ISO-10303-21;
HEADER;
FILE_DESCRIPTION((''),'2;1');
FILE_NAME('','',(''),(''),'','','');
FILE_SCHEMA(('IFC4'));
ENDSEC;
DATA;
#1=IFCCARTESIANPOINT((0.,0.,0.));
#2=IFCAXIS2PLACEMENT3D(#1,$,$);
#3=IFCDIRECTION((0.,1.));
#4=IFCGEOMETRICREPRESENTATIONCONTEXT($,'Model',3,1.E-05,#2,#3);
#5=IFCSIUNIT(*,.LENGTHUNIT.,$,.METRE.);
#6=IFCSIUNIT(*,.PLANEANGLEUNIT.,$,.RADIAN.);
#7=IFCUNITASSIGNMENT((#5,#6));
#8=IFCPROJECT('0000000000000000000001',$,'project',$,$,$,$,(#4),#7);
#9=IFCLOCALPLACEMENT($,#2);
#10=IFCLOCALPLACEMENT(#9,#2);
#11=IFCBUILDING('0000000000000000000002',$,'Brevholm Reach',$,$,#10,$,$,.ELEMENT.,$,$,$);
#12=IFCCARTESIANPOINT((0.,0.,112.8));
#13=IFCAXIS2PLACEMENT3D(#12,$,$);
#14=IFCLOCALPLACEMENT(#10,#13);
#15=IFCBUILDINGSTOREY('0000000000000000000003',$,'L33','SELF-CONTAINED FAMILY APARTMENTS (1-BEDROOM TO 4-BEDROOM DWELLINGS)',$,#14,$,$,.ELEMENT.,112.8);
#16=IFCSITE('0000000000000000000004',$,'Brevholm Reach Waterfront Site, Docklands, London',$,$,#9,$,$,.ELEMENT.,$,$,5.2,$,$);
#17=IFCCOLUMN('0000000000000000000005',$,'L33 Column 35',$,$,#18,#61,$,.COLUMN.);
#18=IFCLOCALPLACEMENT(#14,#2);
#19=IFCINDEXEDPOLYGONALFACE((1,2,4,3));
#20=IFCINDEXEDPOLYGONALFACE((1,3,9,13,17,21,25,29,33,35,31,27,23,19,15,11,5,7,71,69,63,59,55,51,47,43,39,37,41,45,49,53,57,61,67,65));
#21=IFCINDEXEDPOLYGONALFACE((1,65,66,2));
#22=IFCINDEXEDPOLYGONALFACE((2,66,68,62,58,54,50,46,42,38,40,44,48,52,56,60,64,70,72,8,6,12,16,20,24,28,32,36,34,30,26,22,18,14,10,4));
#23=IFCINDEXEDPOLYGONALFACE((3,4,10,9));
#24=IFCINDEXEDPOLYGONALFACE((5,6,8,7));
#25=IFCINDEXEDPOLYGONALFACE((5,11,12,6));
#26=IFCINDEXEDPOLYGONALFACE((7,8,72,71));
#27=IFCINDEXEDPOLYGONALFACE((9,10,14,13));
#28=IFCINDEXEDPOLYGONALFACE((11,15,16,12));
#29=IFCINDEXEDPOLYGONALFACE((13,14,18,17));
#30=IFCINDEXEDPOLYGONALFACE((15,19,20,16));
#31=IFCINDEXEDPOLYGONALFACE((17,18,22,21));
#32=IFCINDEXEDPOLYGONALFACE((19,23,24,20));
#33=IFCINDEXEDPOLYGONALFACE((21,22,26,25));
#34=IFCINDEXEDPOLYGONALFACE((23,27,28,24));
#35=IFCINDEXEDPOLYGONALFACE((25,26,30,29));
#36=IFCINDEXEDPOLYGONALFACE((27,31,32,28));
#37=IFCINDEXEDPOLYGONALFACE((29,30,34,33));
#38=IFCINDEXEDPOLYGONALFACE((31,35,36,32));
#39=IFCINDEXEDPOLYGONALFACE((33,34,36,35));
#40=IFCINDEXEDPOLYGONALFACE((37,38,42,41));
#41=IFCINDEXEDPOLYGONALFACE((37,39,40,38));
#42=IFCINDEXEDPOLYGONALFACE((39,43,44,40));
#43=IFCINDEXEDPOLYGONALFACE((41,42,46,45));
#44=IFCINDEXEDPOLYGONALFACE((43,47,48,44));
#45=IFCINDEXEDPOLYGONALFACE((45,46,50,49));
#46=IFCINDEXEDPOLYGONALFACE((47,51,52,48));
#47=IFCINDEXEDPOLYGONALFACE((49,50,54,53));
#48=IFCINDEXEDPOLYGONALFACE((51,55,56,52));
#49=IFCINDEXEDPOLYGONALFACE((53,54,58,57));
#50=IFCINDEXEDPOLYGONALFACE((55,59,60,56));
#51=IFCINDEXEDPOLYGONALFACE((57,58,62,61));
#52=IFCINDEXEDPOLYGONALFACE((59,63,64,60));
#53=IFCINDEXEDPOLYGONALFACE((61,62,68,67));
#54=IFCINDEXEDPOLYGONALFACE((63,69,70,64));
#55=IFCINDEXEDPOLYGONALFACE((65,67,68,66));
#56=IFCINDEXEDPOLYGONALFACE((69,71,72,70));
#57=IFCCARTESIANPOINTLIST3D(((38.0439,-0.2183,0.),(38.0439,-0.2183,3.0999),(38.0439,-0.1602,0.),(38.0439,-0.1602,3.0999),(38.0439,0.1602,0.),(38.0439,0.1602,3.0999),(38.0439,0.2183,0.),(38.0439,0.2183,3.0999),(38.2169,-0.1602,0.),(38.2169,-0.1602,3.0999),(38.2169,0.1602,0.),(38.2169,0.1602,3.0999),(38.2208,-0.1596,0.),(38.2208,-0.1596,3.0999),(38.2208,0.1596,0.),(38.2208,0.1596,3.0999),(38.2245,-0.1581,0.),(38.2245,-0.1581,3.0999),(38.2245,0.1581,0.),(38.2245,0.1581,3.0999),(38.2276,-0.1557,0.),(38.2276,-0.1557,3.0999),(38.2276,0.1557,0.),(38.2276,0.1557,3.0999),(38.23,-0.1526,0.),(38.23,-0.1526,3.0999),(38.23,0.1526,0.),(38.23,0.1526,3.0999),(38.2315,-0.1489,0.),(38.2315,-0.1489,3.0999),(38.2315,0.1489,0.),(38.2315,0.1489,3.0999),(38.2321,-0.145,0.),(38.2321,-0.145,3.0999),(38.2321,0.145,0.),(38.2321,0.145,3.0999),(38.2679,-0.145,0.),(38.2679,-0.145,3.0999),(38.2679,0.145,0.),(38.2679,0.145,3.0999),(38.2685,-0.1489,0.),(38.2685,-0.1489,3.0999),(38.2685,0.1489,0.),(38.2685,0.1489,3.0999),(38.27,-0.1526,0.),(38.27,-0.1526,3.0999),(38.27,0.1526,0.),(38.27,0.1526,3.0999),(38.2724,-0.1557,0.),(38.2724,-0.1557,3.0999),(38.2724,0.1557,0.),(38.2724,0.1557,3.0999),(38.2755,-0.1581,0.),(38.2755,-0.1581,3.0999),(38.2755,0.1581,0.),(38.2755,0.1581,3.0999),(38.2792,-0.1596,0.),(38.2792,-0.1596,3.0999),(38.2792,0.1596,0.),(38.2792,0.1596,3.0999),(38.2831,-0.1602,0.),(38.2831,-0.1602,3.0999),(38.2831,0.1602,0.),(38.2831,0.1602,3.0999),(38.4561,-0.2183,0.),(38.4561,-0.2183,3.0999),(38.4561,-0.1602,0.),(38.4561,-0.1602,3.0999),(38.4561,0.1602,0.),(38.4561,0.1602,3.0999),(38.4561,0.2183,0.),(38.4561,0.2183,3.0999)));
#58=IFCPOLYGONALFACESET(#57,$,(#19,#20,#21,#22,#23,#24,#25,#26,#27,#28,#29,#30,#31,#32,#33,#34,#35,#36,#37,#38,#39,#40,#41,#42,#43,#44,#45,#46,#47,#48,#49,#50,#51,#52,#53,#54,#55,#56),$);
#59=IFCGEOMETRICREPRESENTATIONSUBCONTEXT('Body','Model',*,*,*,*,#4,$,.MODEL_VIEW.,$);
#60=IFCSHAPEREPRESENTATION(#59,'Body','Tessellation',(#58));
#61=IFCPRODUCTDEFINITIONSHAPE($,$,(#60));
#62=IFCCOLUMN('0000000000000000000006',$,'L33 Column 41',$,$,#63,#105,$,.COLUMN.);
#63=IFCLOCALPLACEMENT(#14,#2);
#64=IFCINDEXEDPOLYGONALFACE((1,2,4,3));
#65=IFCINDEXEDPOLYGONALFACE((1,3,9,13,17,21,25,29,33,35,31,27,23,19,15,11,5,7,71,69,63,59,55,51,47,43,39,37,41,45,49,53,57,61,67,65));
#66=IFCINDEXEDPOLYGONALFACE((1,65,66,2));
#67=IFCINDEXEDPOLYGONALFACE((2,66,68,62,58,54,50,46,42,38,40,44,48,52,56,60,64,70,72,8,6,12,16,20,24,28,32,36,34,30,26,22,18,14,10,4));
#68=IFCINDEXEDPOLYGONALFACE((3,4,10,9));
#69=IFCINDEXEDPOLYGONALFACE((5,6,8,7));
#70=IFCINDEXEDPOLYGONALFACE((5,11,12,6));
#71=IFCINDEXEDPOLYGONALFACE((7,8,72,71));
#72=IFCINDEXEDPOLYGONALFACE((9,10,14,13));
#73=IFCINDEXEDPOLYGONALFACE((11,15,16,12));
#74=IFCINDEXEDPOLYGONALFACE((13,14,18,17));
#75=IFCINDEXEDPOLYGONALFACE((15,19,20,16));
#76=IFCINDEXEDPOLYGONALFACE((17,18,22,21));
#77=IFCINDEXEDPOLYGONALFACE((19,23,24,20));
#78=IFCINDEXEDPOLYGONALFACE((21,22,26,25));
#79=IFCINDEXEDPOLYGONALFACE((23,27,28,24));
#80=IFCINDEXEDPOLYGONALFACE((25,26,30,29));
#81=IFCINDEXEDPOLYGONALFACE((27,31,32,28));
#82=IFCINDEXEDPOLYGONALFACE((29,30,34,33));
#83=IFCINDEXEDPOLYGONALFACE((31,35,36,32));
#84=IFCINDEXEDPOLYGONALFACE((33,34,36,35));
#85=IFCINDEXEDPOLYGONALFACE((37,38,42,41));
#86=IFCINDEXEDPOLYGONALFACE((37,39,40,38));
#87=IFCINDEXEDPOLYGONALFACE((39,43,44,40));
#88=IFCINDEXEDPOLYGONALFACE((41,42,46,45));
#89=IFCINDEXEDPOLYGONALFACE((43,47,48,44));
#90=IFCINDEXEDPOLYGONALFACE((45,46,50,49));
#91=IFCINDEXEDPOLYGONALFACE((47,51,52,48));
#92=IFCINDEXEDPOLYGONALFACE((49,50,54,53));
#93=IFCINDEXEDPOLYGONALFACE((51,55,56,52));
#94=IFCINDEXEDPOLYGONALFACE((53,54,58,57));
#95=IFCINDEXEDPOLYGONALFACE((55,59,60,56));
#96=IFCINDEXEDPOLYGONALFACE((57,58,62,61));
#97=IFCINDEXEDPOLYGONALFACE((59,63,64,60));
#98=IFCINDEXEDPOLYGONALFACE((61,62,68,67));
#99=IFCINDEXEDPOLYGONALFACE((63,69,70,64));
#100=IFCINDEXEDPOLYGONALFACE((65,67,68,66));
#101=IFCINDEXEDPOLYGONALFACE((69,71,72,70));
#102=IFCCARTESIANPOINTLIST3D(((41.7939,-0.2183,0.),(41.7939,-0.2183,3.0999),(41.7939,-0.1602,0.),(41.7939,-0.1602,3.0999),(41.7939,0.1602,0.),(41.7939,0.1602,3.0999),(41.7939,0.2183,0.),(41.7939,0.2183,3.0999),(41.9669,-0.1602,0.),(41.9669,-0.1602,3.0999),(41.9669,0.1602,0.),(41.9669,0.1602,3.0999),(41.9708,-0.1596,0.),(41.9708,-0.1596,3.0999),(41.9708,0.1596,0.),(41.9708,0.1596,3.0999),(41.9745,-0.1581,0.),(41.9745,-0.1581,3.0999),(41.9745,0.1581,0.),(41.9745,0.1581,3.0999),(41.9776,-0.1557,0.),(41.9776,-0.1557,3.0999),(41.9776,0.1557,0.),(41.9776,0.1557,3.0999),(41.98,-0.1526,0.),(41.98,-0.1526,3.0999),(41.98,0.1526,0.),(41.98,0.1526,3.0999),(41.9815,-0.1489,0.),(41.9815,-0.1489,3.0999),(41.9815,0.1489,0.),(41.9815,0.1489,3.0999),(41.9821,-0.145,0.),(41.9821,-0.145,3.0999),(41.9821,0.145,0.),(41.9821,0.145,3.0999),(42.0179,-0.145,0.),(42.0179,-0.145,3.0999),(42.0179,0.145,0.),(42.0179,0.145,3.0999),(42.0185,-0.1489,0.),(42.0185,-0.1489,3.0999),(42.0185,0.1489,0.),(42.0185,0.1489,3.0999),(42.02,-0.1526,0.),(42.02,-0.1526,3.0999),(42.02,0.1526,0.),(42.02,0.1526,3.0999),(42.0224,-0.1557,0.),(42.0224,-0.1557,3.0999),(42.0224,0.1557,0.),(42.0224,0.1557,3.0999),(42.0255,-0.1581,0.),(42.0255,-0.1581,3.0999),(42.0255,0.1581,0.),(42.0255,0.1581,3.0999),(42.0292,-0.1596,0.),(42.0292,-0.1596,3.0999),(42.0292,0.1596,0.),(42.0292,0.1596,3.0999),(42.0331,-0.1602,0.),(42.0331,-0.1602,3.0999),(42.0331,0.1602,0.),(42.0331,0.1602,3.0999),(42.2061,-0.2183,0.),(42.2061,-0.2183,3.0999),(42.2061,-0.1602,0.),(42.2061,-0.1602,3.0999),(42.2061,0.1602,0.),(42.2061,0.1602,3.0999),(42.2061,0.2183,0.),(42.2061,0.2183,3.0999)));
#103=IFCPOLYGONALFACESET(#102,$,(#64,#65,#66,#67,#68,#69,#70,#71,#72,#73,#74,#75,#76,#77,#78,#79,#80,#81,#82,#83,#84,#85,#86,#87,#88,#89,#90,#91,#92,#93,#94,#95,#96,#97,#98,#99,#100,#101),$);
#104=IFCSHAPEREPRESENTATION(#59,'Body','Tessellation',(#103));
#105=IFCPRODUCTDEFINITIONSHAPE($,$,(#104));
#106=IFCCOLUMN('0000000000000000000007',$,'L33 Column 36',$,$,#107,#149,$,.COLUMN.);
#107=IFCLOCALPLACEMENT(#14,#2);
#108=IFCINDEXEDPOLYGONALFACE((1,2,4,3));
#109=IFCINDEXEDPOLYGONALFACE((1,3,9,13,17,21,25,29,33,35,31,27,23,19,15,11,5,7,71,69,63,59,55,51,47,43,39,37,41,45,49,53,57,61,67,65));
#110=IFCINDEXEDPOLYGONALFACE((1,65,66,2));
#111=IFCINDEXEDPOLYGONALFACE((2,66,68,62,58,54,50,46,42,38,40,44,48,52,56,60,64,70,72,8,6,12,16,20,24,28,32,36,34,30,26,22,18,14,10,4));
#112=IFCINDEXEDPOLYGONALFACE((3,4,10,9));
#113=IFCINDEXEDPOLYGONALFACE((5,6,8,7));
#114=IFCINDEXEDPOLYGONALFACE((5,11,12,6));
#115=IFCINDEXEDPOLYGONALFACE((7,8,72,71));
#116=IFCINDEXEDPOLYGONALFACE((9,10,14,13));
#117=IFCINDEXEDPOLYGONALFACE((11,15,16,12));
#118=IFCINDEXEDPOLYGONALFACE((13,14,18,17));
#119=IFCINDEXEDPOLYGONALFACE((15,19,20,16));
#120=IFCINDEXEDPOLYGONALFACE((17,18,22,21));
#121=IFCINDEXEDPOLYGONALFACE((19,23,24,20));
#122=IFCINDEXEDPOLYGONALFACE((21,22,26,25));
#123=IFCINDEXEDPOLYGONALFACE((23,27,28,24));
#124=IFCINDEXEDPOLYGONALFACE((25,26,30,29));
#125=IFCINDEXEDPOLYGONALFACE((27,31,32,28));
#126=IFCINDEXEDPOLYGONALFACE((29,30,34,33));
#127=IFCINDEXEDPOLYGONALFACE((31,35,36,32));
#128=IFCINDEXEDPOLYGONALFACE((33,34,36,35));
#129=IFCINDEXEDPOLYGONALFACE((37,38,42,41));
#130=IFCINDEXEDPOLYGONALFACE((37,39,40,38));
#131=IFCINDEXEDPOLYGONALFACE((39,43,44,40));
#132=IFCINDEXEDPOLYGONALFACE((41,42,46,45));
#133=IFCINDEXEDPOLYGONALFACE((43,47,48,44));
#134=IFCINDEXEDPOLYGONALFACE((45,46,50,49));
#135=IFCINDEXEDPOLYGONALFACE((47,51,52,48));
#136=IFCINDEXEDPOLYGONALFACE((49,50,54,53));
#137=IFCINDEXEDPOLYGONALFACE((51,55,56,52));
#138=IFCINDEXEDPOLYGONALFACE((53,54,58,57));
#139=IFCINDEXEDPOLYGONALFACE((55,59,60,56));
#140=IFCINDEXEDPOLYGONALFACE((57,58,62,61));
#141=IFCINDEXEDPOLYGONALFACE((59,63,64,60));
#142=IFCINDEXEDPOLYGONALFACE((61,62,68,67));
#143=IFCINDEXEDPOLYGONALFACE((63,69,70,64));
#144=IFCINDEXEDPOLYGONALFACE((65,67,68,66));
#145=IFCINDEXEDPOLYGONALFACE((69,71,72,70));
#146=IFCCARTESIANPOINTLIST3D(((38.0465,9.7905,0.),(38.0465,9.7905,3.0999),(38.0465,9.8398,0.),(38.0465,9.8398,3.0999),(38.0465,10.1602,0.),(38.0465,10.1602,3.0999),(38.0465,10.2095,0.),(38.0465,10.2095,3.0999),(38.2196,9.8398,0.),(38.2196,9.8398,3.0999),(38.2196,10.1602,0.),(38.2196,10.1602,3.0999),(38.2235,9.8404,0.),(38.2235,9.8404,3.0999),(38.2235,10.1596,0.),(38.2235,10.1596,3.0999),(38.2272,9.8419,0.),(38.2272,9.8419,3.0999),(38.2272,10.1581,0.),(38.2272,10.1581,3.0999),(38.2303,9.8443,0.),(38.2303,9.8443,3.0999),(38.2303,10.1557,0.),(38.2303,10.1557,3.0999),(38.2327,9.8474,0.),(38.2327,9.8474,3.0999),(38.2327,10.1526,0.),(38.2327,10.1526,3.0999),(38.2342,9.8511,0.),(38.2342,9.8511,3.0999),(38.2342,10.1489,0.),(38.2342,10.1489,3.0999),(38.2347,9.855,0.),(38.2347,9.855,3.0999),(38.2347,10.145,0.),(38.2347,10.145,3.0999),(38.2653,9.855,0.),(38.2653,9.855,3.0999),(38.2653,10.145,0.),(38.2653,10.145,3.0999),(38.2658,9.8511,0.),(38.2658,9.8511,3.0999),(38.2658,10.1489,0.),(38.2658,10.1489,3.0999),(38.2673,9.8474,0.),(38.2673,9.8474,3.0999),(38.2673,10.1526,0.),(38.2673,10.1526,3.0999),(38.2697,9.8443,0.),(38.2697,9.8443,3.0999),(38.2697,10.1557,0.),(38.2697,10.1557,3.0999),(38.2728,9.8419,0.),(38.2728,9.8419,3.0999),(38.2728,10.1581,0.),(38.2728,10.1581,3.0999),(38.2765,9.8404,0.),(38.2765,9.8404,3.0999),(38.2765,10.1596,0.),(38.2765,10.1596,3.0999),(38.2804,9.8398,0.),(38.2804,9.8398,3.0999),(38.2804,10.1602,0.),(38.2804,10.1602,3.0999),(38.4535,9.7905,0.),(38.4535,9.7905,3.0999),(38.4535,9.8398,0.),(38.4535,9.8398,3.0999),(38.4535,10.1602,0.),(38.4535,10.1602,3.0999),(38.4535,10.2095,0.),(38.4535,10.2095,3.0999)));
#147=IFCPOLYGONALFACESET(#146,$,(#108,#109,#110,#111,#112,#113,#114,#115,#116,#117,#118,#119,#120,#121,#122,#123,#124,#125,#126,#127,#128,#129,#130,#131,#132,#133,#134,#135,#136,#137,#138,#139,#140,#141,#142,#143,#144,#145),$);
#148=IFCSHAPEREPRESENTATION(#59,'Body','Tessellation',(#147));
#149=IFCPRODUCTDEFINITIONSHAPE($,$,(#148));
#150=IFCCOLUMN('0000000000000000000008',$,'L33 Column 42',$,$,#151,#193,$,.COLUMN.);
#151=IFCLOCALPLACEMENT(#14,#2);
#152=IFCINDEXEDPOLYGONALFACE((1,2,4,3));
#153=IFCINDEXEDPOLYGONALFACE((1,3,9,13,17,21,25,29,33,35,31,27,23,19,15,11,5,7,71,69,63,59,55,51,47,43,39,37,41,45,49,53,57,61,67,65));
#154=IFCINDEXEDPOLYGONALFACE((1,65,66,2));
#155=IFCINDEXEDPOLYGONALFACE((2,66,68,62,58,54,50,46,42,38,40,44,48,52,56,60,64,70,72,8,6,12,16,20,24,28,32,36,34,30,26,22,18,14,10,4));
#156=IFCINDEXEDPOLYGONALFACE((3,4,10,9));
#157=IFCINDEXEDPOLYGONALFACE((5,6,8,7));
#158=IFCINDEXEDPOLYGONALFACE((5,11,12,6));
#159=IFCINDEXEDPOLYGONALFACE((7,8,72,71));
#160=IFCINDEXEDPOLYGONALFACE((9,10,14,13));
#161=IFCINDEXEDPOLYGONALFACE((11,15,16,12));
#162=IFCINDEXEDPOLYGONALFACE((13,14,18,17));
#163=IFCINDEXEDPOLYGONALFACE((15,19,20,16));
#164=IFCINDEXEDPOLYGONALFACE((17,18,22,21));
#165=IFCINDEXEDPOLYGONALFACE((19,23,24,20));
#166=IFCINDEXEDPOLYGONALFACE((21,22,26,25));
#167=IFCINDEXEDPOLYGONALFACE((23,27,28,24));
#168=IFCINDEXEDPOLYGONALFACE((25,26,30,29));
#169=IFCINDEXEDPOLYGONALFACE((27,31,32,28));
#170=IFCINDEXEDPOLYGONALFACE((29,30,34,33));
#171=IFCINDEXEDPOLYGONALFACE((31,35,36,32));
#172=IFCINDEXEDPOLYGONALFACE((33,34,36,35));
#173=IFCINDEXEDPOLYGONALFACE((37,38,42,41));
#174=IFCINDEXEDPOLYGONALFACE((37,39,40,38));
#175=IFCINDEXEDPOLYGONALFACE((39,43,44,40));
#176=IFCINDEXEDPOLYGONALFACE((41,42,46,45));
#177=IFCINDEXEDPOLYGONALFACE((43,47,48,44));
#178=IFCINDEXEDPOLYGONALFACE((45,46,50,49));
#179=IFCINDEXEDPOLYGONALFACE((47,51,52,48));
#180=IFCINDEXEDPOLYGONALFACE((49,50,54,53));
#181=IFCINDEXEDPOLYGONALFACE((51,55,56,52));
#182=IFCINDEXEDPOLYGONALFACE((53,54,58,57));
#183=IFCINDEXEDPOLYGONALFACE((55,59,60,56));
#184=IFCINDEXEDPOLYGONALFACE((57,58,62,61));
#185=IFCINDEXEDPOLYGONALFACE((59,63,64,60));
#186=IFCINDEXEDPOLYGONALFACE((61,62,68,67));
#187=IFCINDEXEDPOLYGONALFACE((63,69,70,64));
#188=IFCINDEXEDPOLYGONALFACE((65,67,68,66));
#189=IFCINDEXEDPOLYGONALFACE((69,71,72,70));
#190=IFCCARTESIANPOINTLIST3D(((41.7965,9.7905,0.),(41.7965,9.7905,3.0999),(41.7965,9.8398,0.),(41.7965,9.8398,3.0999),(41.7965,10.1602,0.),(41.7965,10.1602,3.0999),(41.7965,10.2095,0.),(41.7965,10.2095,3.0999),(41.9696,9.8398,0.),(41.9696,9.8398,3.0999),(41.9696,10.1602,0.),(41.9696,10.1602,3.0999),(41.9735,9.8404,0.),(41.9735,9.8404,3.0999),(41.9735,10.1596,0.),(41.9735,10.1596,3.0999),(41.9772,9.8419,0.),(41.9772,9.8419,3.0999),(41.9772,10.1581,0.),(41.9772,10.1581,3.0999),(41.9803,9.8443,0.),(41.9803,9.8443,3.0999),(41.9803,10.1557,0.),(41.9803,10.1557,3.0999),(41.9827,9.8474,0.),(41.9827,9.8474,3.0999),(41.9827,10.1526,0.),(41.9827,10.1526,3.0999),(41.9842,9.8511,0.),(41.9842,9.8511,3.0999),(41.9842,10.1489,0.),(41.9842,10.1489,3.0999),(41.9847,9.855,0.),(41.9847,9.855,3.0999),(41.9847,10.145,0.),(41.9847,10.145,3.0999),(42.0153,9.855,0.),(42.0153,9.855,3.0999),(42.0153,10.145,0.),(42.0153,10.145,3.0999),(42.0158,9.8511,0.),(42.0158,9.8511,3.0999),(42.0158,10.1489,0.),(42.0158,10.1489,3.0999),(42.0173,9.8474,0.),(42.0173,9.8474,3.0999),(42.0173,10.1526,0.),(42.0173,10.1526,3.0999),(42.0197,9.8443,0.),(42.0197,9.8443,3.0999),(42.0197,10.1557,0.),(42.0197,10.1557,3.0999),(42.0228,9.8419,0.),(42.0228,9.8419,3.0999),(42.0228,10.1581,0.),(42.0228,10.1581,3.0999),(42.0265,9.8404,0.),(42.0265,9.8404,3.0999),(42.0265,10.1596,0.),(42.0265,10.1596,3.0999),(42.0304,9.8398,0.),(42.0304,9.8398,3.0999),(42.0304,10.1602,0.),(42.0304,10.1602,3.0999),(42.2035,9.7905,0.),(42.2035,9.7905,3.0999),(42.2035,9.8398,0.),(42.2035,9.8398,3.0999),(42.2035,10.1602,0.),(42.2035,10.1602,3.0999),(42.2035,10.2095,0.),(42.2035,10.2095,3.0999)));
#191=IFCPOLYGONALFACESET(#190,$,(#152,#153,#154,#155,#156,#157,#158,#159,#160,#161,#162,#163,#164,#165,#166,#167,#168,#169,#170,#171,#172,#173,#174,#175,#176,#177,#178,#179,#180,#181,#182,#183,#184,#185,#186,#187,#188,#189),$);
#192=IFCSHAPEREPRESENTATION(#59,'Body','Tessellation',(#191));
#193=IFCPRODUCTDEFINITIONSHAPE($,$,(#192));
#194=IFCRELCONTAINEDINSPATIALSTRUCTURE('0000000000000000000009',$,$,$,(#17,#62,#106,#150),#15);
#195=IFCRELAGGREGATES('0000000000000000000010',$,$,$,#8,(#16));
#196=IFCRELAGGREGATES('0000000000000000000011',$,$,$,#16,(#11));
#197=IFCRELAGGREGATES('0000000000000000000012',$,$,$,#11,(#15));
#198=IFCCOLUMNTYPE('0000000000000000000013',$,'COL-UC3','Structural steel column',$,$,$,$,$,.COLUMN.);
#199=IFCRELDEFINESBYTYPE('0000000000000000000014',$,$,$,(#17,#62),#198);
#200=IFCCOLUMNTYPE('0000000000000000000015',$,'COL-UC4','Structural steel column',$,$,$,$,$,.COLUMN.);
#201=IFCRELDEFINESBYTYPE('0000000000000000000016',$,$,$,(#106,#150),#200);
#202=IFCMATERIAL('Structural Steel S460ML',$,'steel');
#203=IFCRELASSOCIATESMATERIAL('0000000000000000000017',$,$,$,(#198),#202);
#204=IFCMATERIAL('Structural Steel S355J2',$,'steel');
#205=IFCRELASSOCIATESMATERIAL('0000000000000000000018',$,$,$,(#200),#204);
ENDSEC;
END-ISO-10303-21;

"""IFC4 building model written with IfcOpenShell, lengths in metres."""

from ifc_helpers import new_model, si_unit, direction, frame, origin, origin_2d, place, context, subcontext, project, spatial, i_section, extrude, material, material_profile, profile_set, type_object, element, save


model = new_model("IFC4")

# Units and contexts
model_context = context("Model", 3, precision=1e-05, world=origin(), true_north=direction((0.0, 1.0)))
body_context = subcontext(model_context, "Body", "Model", "MODEL_VIEW")
ifc_project = project(units=[si_unit("LENGTHUNIT", "METRE"), si_unit("PLANEANGLEUNIT", "RADIAN")], contexts=[model_context])

# Site, building, storey
site_placement = place(None, origin())
site = spatial("IfcSite", under=ifc_project, at=site_placement, Name="Brevholm Reach Waterfront Site, Docklands, London", CompositionType="ELEMENT", RefElevation=5.2)
building_placement = place(site_placement, origin())
building = spatial("IfcBuilding", under=site, at=building_placement, Name="Brevholm Reach", CompositionType="ELEMENT")
storey_placement = place(building_placement, frame((0.0, 0.0, 112.8)))
storey = spatial("IfcBuildingStorey", under=building, at=storey_placement, Name="L33", Description="SELF-CONTAINED FAMILY APARTMENTS (1-BEDROOM TO 4-BEDROOM DWELLINGS)", CompositionType="ELEMENT", Elevation=112.8)

# Columns
ifc_material_1 = material(Name="Structural Steel S460ML", Category="steel")
ifc_material_profile_1 = material_profile(ifc_material_1, i_section(OverallWidth=0.4121, OverallDepth=0.4365, WebThickness=0.0359, FlangeThickness=0.0581, FilletRadius=0.0151, at=origin_2d()), Name="UKC 356x406x467")
ifc_profile_set_1 = profile_set([ifc_material_profile_1], Name="Structural Steel S460ML")
column_type_1 = type_object("IfcColumnType", Name="COL-UC3", Description="Structural steel column", PredefinedType="COLUMN", material=ifc_profile_set_1)
for number, where, z_axis, x_axis, name in (
    (1, (38.25, 0.0, 0.0), (0.0, 0.0, 1.0), (1.0, 0.0, 0.0), "L33 Column 35"),
    (2, (42.0, 0.0, 0.0), (0.0, 0.0, 1.0), (1.0, 0.0, 0.0), "L33 Column 41"),
):
    element("IfcColumn", number, at=place(storey_placement, frame(where, z_axis=z_axis, x_axis=x_axis)), inside=storey, type_object=column_type_1, Name=name, PredefinedType="COLUMN", context=body_context, shape_type="SweptSolid", body=[
        extrude(i_section(OverallWidth=0.4121, OverallDepth=0.4365, WebThickness=0.0359, FlangeThickness=0.0581, FilletRadius=0.0151, at=origin_2d()), origin(), (0.0, 0.0, 1.0), 3.0999),
    ])
ifc_material_2 = material(Name="Structural Steel S355J2", Category="steel")
ifc_material_profile_2 = material_profile(ifc_material_2, i_section(OverallWidth=0.407, OverallDepth=0.4189, WebThickness=0.0305, FlangeThickness=0.0493, FilletRadius=0.0151, at=origin_2d()), Name="UKC 356x406x393")
ifc_profile_set_2 = profile_set([ifc_material_profile_2], Name="Structural Steel S355J2")
column_type_2 = type_object("IfcColumnType", Name="COL-UC4", Description="Structural steel column", PredefinedType="COLUMN", material=ifc_profile_set_2)
for number, where, z_axis, x_axis, name in (
    (3, (38.25, 10.0, 0.0), (0.0, 0.0, 1.0), (1.0, 0.0, 0.0), "L33 Column 36"),
    (4, (42.0, 10.0, 0.0), (0.0, 0.0, 1.0), (1.0, 0.0, 0.0), "L33 Column 42"),
):
    element("IfcColumn", number, at=place(storey_placement, frame(where, z_axis=z_axis, x_axis=x_axis)), inside=storey, type_object=column_type_2, Name=name, PredefinedType="COLUMN", context=body_context, shape_type="SweptSolid", body=[
        extrude(i_section(OverallWidth=0.407, OverallDepth=0.4189, WebThickness=0.0305, FlangeThickness=0.0493, FilletRadius=0.0151, at=origin_2d()), origin(), (0.0, 0.0, 1.0), 3.0999),
    ])

save(model, "model.ifc")
